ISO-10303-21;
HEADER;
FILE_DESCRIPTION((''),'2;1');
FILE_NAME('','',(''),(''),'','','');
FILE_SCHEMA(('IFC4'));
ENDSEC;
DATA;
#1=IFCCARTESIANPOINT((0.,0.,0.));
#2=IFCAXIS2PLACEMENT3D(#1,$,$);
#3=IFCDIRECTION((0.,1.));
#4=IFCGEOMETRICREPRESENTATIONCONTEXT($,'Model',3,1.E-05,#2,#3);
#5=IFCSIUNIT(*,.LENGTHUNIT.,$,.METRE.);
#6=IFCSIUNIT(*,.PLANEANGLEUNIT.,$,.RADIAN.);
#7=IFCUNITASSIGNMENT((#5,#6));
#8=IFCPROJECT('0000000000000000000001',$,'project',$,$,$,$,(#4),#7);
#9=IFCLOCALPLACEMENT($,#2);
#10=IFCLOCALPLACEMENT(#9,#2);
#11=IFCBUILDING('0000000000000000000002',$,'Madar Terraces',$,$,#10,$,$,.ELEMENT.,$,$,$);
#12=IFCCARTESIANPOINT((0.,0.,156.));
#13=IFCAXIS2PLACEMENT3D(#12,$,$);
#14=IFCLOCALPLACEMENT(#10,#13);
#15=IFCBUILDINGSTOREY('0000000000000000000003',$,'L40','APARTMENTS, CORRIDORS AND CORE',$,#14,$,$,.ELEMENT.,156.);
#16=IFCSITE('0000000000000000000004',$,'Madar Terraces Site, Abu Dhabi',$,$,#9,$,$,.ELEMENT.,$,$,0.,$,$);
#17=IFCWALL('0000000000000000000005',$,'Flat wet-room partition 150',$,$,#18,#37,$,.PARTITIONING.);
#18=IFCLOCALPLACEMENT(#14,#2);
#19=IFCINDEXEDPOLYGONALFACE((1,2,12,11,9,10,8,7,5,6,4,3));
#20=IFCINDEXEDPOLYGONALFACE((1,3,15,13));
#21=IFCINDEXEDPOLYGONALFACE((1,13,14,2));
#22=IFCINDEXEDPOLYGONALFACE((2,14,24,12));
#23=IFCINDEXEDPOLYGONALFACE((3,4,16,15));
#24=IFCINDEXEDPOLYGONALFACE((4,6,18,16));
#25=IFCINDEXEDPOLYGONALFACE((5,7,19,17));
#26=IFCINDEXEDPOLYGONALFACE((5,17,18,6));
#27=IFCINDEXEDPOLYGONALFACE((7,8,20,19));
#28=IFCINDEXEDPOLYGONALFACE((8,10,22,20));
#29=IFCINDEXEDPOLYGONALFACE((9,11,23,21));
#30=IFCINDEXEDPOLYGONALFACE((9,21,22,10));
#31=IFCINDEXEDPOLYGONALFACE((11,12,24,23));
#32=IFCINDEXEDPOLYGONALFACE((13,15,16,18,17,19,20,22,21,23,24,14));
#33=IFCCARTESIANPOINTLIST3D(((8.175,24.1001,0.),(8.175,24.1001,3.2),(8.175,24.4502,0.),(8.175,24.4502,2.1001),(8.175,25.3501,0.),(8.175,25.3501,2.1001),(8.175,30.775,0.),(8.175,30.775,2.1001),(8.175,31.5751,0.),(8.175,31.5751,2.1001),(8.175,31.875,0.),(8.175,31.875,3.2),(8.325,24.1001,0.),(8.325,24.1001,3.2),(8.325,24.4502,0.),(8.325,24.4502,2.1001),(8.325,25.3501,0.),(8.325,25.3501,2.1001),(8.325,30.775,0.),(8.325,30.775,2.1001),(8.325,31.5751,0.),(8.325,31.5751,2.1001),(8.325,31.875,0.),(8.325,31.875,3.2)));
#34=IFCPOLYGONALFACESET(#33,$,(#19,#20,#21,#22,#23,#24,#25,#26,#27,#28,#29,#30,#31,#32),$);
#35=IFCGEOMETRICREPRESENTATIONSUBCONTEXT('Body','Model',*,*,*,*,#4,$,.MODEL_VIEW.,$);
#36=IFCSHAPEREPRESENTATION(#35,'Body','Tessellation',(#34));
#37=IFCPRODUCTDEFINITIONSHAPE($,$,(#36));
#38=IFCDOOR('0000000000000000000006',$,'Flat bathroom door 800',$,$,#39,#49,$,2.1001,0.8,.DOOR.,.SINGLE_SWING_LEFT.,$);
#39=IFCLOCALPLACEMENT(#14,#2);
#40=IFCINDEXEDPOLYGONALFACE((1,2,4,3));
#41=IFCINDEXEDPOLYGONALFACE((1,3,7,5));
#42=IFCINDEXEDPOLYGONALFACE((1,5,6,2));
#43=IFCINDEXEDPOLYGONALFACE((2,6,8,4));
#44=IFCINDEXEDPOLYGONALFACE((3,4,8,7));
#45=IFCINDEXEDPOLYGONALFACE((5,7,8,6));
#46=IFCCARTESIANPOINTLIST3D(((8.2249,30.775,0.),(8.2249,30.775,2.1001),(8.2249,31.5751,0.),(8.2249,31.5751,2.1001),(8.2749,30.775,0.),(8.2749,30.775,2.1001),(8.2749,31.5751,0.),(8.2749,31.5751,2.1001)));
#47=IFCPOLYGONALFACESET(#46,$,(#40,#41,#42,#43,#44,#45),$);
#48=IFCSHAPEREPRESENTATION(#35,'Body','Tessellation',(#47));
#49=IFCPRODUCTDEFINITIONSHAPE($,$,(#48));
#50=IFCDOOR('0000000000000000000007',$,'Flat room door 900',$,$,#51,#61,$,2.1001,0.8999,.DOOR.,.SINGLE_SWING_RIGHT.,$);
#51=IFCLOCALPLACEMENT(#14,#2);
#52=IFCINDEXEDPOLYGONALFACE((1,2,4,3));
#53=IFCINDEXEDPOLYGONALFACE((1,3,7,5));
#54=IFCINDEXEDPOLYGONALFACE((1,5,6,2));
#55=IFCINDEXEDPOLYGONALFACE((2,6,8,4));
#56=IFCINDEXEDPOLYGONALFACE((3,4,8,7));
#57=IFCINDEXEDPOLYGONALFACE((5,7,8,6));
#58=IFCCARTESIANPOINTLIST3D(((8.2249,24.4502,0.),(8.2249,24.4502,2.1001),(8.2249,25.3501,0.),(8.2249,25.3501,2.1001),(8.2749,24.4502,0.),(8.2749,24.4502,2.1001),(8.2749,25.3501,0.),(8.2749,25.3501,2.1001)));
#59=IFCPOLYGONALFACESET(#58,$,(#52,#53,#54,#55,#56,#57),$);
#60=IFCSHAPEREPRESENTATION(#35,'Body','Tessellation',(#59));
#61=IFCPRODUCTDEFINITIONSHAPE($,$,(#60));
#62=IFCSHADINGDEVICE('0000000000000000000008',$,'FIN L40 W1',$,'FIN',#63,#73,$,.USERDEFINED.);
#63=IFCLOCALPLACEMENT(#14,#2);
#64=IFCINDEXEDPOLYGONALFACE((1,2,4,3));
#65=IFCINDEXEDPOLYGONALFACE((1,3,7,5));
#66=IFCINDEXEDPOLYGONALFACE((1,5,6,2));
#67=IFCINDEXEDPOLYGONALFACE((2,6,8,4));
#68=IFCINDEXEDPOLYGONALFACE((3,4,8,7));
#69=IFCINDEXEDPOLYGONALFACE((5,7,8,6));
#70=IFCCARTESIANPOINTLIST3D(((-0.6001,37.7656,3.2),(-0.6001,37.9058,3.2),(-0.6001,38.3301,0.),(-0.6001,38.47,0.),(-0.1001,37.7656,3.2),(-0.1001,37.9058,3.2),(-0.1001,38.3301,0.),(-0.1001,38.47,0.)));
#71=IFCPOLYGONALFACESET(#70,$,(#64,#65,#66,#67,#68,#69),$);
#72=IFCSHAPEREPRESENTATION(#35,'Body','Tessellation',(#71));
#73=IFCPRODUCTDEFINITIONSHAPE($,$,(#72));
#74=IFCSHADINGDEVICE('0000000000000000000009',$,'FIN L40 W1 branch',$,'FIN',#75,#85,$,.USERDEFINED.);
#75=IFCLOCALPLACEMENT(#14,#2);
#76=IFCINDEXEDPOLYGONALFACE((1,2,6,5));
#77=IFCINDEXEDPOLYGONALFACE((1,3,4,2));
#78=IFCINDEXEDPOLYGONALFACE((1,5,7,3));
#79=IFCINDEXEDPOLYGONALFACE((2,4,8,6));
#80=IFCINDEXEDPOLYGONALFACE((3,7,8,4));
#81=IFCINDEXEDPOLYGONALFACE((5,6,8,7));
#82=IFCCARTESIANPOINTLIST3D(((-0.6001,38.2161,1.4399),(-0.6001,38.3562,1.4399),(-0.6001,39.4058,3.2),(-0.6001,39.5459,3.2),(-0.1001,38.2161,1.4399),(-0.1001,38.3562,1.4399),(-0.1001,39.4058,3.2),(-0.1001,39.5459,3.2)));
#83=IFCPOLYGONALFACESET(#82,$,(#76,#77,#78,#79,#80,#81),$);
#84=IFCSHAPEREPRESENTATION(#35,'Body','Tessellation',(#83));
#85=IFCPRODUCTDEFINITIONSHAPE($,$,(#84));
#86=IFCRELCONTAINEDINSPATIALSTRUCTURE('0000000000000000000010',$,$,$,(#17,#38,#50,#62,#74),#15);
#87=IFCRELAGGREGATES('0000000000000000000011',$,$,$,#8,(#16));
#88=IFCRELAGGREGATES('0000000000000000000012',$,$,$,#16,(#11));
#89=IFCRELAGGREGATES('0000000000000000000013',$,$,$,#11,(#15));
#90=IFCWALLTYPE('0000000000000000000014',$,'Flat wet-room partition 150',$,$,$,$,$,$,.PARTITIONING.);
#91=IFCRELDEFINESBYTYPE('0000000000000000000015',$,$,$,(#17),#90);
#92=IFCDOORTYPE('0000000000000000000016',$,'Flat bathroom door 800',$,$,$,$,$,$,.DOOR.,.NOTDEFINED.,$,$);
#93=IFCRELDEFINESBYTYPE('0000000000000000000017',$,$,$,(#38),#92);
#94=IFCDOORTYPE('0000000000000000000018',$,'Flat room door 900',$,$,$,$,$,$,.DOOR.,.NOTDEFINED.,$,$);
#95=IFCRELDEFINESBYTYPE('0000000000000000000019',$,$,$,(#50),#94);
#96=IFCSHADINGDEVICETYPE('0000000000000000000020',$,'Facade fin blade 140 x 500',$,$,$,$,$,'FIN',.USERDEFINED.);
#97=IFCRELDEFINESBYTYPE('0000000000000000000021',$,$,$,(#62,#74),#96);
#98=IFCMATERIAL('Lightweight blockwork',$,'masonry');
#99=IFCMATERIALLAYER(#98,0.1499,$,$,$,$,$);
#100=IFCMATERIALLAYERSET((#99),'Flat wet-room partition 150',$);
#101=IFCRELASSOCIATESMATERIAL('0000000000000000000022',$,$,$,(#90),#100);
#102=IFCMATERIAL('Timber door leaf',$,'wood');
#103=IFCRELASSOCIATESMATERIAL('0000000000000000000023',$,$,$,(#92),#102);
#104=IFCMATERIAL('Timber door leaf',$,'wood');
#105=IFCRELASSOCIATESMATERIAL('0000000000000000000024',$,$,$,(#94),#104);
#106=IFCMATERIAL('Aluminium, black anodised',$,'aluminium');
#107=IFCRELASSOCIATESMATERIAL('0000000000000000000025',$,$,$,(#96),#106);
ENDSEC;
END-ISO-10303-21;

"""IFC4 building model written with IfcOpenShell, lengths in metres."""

from ifc_helpers import new_model, si_unit, direction, frame, frame_2d, origin, place, context, subcontext, project, spatial, polyline, rectangle, outline, extrude, material, layer, layer_set, type_object, element, fill, save


model = new_model("IFC4")

# Units and contexts
model_context = context("Model", 3, precision=1e-05, world=origin(), true_north=direction((0.0, 1.0)))
body_context = subcontext(model_context, "Body", "Model", "MODEL_VIEW")
ifc_project = project(units=[si_unit("LENGTHUNIT", "METRE"), si_unit("PLANEANGLEUNIT", "RADIAN")], contexts=[model_context])

# Site, building, storey
site_placement = place(None, origin())
site = spatial("IfcSite", under=ifc_project, at=site_placement, Name="Madar Terraces Site, Abu Dhabi", CompositionType="ELEMENT", RefElevation=0.0)
building_placement = place(site_placement, origin())
building = spatial("IfcBuilding", under=site, at=building_placement, Name="Madar Terraces", CompositionType="ELEMENT")
storey_placement = place(building_placement, frame((0.0, 0.0, 156.0)))
storey = spatial("IfcBuildingStorey", under=building, at=storey_placement, Name="L40", Description="APARTMENTS, CORRIDORS AND CORE", CompositionType="ELEMENT", Elevation=156.0)

# Wall, openings, doors
ifc_material_1 = material(Name="Lightweight blockwork", Category="masonry")
ifc_layer_1 = layer(ifc_material_1, 0.1499)
ifc_layer_set_1 = layer_set([ifc_layer_1], Name="Flat wet-room partition 150")
wall_type_1 = type_object("IfcWallType", Name="Flat wet-room partition 150", PredefinedType="PARTITIONING", material=ifc_layer_set_1)
ifc_material_2 = material(Name="Timber door leaf", Category="wood")
door_type_1 = type_object("IfcDoorType", Name="Flat bathroom door 800", OperationType="NOTDEFINED", PredefinedType="DOOR", material=ifc_material_2)
ifc_material_3 = material(Name="Timber door leaf", Category="wood")
door_type_2 = type_object("IfcDoorType", Name="Flat room door 900", OperationType="NOTDEFINED", PredefinedType="DOOR", material=ifc_material_3)
wall_1_placement = place(storey_placement, frame((8.25, 31.875, 0.0), z_axis=(0.0, 0.0, 1.0), x_axis=(0.0, -1.0, 0.0)))
wall_1 = element("IfcWall", 1, at=wall_1_placement, inside=storey, type_object=wall_type_1, Name="Flat wet-room partition 150", PredefinedType="PARTITIONING", context=body_context, shape_type="SweptSolid", body=[
    extrude(rectangle(XDim=7.7749, YDim=0.1499, at=frame_2d((3.8875, 0.0))), origin(), (0.0, 0.0, 1.0), 3.2),
])
opening_1_placement = place(wall_1_placement, frame((0.3, 0.0, 0.0)))
opening_1 = element("IfcOpeningElement", 2, at=opening_1_placement, cuts=wall_1, PredefinedType="OPENING", context=body_context, shape_type="SweptSolid", body=[
    extrude(rectangle(XDim=0.8, YDim=2.1001, at=frame_2d((0.3999, 1.05))), frame((0.0, 0.085, 0.0), z_axis=(0.0, -1.0, 0.0), x_axis=(1.0, 0.0, 0.0)), (0.0, 0.0, 1.0), 0.1699),
])
opening_2_placement = place(wall_1_placement, frame((6.5249, 0.0, 0.0)))
opening_2 = element("IfcOpeningElement", 3, at=opening_2_placement, cuts=wall_1, PredefinedType="OPENING", context=body_context, shape_type="SweptSolid", body=[
    extrude(rectangle(XDim=0.8999, YDim=2.1001, at=frame_2d((0.45, 1.05))), frame((0.0, 0.085, 0.0), z_axis=(0.0, -1.0, 0.0), x_axis=(1.0, 0.0, 0.0)), (0.0, 0.0, 1.0), 0.1699),
])
door_1_placement = place(opening_1_placement, origin())
door_1 = element("IfcDoor", 4, at=door_1_placement, inside=storey, type_object=door_type_1, Name="Flat bathroom door 800", OperationType="SINGLE_SWING_LEFT", OverallHeight=2.1001, OverallWidth=0.8, PredefinedType="DOOR", context=body_context, shape_type="SweptSolid", body=[
    extrude(rectangle(XDim=0.8, YDim=2.1001, at=frame_2d((0.3999, 1.05))), frame((0.0, 0.0249, 0.0), z_axis=(0.0, -1.0, 0.0), x_axis=(1.0, 0.0, 0.0)), (0.0, 0.0, 1.0), 0.05),
])
fill(opening_1, door_1)
door_2_placement = place(opening_2_placement, origin())
door_2 = element("IfcDoor", 5, at=door_2_placement, inside=storey, type_object=door_type_2, Name="Flat room door 900", OperationType="SINGLE_SWING_RIGHT", OverallHeight=2.1001, OverallWidth=0.8999, PredefinedType="DOOR", context=body_context, shape_type="SweptSolid", body=[
    extrude(rectangle(XDim=0.8999, YDim=2.1001, at=frame_2d((0.45, 1.05))), frame((0.0, 0.0249, 0.0), z_axis=(0.0, -1.0, 0.0), x_axis=(1.0, 0.0, 0.0)), (0.0, 0.0, 1.0), 0.05),
])
fill(opening_2, door_2)

# Shading devices
ifc_material_4 = material(Name="Aluminium, black anodised", Category="aluminium")
shading_device_type = type_object("IfcShadingDeviceType", Name="Facade fin blade 140 x 500", ElementType="FIN", PredefinedType="USERDEFINED", material=ifc_material_4)
shading_device_1_placement = place(storey_placement, frame((-0.3501, 38.47, 0.0), z_axis=(0.0, 0.0, 1.0), x_axis=(0.0, -1.0, 0.0)))
element("IfcShadingDevice", 6, at=shading_device_1_placement, inside=storey, type_object=shading_device_type, Name="FIN L40 W1", ObjectType="FIN", PredefinedType="USERDEFINED", context=body_context, shape_type="SweptSolid", body=[
    extrude(outline(polyline([(0.0, 0.0), (0.1399, 0.0), (0.7043, 3.2), (0.5642, 3.2), (0.0, 0.0)])), frame((0.0, 0.25, 0.0), z_axis=(0.0, -1.0, 0.0), x_axis=(1.0, 0.0, 0.0)), (0.0, 0.0, 1.0), 0.5),
])
shading_device_2_placement = place(storey_placement, frame((-0.3501, 38.3562, 1.4399), z_axis=(0.0, 0.0, 1.0), x_axis=(0.0, -1.0, 0.0)))
element("IfcShadingDevice", 7, at=shading_device_2_placement, inside=storey, type_object=shading_device_type, Name="FIN L40 W1 branch", ObjectType="FIN", PredefinedType="USERDEFINED", context=body_context, shape_type="SweptSolid", body=[
    extrude(outline(polyline([(0.0, 0.0), (0.1401, 0.0), (-1.0496, 1.76), (-1.1897, 1.76), (0.0, 0.0)])), frame((0.0, 0.25, 0.0), z_axis=(0.0, -1.0, 0.0), x_axis=(1.0, 0.0, 0.0)), (0.0, 0.0, 1.0), 0.5),
])

save(model, "model.ifc")
